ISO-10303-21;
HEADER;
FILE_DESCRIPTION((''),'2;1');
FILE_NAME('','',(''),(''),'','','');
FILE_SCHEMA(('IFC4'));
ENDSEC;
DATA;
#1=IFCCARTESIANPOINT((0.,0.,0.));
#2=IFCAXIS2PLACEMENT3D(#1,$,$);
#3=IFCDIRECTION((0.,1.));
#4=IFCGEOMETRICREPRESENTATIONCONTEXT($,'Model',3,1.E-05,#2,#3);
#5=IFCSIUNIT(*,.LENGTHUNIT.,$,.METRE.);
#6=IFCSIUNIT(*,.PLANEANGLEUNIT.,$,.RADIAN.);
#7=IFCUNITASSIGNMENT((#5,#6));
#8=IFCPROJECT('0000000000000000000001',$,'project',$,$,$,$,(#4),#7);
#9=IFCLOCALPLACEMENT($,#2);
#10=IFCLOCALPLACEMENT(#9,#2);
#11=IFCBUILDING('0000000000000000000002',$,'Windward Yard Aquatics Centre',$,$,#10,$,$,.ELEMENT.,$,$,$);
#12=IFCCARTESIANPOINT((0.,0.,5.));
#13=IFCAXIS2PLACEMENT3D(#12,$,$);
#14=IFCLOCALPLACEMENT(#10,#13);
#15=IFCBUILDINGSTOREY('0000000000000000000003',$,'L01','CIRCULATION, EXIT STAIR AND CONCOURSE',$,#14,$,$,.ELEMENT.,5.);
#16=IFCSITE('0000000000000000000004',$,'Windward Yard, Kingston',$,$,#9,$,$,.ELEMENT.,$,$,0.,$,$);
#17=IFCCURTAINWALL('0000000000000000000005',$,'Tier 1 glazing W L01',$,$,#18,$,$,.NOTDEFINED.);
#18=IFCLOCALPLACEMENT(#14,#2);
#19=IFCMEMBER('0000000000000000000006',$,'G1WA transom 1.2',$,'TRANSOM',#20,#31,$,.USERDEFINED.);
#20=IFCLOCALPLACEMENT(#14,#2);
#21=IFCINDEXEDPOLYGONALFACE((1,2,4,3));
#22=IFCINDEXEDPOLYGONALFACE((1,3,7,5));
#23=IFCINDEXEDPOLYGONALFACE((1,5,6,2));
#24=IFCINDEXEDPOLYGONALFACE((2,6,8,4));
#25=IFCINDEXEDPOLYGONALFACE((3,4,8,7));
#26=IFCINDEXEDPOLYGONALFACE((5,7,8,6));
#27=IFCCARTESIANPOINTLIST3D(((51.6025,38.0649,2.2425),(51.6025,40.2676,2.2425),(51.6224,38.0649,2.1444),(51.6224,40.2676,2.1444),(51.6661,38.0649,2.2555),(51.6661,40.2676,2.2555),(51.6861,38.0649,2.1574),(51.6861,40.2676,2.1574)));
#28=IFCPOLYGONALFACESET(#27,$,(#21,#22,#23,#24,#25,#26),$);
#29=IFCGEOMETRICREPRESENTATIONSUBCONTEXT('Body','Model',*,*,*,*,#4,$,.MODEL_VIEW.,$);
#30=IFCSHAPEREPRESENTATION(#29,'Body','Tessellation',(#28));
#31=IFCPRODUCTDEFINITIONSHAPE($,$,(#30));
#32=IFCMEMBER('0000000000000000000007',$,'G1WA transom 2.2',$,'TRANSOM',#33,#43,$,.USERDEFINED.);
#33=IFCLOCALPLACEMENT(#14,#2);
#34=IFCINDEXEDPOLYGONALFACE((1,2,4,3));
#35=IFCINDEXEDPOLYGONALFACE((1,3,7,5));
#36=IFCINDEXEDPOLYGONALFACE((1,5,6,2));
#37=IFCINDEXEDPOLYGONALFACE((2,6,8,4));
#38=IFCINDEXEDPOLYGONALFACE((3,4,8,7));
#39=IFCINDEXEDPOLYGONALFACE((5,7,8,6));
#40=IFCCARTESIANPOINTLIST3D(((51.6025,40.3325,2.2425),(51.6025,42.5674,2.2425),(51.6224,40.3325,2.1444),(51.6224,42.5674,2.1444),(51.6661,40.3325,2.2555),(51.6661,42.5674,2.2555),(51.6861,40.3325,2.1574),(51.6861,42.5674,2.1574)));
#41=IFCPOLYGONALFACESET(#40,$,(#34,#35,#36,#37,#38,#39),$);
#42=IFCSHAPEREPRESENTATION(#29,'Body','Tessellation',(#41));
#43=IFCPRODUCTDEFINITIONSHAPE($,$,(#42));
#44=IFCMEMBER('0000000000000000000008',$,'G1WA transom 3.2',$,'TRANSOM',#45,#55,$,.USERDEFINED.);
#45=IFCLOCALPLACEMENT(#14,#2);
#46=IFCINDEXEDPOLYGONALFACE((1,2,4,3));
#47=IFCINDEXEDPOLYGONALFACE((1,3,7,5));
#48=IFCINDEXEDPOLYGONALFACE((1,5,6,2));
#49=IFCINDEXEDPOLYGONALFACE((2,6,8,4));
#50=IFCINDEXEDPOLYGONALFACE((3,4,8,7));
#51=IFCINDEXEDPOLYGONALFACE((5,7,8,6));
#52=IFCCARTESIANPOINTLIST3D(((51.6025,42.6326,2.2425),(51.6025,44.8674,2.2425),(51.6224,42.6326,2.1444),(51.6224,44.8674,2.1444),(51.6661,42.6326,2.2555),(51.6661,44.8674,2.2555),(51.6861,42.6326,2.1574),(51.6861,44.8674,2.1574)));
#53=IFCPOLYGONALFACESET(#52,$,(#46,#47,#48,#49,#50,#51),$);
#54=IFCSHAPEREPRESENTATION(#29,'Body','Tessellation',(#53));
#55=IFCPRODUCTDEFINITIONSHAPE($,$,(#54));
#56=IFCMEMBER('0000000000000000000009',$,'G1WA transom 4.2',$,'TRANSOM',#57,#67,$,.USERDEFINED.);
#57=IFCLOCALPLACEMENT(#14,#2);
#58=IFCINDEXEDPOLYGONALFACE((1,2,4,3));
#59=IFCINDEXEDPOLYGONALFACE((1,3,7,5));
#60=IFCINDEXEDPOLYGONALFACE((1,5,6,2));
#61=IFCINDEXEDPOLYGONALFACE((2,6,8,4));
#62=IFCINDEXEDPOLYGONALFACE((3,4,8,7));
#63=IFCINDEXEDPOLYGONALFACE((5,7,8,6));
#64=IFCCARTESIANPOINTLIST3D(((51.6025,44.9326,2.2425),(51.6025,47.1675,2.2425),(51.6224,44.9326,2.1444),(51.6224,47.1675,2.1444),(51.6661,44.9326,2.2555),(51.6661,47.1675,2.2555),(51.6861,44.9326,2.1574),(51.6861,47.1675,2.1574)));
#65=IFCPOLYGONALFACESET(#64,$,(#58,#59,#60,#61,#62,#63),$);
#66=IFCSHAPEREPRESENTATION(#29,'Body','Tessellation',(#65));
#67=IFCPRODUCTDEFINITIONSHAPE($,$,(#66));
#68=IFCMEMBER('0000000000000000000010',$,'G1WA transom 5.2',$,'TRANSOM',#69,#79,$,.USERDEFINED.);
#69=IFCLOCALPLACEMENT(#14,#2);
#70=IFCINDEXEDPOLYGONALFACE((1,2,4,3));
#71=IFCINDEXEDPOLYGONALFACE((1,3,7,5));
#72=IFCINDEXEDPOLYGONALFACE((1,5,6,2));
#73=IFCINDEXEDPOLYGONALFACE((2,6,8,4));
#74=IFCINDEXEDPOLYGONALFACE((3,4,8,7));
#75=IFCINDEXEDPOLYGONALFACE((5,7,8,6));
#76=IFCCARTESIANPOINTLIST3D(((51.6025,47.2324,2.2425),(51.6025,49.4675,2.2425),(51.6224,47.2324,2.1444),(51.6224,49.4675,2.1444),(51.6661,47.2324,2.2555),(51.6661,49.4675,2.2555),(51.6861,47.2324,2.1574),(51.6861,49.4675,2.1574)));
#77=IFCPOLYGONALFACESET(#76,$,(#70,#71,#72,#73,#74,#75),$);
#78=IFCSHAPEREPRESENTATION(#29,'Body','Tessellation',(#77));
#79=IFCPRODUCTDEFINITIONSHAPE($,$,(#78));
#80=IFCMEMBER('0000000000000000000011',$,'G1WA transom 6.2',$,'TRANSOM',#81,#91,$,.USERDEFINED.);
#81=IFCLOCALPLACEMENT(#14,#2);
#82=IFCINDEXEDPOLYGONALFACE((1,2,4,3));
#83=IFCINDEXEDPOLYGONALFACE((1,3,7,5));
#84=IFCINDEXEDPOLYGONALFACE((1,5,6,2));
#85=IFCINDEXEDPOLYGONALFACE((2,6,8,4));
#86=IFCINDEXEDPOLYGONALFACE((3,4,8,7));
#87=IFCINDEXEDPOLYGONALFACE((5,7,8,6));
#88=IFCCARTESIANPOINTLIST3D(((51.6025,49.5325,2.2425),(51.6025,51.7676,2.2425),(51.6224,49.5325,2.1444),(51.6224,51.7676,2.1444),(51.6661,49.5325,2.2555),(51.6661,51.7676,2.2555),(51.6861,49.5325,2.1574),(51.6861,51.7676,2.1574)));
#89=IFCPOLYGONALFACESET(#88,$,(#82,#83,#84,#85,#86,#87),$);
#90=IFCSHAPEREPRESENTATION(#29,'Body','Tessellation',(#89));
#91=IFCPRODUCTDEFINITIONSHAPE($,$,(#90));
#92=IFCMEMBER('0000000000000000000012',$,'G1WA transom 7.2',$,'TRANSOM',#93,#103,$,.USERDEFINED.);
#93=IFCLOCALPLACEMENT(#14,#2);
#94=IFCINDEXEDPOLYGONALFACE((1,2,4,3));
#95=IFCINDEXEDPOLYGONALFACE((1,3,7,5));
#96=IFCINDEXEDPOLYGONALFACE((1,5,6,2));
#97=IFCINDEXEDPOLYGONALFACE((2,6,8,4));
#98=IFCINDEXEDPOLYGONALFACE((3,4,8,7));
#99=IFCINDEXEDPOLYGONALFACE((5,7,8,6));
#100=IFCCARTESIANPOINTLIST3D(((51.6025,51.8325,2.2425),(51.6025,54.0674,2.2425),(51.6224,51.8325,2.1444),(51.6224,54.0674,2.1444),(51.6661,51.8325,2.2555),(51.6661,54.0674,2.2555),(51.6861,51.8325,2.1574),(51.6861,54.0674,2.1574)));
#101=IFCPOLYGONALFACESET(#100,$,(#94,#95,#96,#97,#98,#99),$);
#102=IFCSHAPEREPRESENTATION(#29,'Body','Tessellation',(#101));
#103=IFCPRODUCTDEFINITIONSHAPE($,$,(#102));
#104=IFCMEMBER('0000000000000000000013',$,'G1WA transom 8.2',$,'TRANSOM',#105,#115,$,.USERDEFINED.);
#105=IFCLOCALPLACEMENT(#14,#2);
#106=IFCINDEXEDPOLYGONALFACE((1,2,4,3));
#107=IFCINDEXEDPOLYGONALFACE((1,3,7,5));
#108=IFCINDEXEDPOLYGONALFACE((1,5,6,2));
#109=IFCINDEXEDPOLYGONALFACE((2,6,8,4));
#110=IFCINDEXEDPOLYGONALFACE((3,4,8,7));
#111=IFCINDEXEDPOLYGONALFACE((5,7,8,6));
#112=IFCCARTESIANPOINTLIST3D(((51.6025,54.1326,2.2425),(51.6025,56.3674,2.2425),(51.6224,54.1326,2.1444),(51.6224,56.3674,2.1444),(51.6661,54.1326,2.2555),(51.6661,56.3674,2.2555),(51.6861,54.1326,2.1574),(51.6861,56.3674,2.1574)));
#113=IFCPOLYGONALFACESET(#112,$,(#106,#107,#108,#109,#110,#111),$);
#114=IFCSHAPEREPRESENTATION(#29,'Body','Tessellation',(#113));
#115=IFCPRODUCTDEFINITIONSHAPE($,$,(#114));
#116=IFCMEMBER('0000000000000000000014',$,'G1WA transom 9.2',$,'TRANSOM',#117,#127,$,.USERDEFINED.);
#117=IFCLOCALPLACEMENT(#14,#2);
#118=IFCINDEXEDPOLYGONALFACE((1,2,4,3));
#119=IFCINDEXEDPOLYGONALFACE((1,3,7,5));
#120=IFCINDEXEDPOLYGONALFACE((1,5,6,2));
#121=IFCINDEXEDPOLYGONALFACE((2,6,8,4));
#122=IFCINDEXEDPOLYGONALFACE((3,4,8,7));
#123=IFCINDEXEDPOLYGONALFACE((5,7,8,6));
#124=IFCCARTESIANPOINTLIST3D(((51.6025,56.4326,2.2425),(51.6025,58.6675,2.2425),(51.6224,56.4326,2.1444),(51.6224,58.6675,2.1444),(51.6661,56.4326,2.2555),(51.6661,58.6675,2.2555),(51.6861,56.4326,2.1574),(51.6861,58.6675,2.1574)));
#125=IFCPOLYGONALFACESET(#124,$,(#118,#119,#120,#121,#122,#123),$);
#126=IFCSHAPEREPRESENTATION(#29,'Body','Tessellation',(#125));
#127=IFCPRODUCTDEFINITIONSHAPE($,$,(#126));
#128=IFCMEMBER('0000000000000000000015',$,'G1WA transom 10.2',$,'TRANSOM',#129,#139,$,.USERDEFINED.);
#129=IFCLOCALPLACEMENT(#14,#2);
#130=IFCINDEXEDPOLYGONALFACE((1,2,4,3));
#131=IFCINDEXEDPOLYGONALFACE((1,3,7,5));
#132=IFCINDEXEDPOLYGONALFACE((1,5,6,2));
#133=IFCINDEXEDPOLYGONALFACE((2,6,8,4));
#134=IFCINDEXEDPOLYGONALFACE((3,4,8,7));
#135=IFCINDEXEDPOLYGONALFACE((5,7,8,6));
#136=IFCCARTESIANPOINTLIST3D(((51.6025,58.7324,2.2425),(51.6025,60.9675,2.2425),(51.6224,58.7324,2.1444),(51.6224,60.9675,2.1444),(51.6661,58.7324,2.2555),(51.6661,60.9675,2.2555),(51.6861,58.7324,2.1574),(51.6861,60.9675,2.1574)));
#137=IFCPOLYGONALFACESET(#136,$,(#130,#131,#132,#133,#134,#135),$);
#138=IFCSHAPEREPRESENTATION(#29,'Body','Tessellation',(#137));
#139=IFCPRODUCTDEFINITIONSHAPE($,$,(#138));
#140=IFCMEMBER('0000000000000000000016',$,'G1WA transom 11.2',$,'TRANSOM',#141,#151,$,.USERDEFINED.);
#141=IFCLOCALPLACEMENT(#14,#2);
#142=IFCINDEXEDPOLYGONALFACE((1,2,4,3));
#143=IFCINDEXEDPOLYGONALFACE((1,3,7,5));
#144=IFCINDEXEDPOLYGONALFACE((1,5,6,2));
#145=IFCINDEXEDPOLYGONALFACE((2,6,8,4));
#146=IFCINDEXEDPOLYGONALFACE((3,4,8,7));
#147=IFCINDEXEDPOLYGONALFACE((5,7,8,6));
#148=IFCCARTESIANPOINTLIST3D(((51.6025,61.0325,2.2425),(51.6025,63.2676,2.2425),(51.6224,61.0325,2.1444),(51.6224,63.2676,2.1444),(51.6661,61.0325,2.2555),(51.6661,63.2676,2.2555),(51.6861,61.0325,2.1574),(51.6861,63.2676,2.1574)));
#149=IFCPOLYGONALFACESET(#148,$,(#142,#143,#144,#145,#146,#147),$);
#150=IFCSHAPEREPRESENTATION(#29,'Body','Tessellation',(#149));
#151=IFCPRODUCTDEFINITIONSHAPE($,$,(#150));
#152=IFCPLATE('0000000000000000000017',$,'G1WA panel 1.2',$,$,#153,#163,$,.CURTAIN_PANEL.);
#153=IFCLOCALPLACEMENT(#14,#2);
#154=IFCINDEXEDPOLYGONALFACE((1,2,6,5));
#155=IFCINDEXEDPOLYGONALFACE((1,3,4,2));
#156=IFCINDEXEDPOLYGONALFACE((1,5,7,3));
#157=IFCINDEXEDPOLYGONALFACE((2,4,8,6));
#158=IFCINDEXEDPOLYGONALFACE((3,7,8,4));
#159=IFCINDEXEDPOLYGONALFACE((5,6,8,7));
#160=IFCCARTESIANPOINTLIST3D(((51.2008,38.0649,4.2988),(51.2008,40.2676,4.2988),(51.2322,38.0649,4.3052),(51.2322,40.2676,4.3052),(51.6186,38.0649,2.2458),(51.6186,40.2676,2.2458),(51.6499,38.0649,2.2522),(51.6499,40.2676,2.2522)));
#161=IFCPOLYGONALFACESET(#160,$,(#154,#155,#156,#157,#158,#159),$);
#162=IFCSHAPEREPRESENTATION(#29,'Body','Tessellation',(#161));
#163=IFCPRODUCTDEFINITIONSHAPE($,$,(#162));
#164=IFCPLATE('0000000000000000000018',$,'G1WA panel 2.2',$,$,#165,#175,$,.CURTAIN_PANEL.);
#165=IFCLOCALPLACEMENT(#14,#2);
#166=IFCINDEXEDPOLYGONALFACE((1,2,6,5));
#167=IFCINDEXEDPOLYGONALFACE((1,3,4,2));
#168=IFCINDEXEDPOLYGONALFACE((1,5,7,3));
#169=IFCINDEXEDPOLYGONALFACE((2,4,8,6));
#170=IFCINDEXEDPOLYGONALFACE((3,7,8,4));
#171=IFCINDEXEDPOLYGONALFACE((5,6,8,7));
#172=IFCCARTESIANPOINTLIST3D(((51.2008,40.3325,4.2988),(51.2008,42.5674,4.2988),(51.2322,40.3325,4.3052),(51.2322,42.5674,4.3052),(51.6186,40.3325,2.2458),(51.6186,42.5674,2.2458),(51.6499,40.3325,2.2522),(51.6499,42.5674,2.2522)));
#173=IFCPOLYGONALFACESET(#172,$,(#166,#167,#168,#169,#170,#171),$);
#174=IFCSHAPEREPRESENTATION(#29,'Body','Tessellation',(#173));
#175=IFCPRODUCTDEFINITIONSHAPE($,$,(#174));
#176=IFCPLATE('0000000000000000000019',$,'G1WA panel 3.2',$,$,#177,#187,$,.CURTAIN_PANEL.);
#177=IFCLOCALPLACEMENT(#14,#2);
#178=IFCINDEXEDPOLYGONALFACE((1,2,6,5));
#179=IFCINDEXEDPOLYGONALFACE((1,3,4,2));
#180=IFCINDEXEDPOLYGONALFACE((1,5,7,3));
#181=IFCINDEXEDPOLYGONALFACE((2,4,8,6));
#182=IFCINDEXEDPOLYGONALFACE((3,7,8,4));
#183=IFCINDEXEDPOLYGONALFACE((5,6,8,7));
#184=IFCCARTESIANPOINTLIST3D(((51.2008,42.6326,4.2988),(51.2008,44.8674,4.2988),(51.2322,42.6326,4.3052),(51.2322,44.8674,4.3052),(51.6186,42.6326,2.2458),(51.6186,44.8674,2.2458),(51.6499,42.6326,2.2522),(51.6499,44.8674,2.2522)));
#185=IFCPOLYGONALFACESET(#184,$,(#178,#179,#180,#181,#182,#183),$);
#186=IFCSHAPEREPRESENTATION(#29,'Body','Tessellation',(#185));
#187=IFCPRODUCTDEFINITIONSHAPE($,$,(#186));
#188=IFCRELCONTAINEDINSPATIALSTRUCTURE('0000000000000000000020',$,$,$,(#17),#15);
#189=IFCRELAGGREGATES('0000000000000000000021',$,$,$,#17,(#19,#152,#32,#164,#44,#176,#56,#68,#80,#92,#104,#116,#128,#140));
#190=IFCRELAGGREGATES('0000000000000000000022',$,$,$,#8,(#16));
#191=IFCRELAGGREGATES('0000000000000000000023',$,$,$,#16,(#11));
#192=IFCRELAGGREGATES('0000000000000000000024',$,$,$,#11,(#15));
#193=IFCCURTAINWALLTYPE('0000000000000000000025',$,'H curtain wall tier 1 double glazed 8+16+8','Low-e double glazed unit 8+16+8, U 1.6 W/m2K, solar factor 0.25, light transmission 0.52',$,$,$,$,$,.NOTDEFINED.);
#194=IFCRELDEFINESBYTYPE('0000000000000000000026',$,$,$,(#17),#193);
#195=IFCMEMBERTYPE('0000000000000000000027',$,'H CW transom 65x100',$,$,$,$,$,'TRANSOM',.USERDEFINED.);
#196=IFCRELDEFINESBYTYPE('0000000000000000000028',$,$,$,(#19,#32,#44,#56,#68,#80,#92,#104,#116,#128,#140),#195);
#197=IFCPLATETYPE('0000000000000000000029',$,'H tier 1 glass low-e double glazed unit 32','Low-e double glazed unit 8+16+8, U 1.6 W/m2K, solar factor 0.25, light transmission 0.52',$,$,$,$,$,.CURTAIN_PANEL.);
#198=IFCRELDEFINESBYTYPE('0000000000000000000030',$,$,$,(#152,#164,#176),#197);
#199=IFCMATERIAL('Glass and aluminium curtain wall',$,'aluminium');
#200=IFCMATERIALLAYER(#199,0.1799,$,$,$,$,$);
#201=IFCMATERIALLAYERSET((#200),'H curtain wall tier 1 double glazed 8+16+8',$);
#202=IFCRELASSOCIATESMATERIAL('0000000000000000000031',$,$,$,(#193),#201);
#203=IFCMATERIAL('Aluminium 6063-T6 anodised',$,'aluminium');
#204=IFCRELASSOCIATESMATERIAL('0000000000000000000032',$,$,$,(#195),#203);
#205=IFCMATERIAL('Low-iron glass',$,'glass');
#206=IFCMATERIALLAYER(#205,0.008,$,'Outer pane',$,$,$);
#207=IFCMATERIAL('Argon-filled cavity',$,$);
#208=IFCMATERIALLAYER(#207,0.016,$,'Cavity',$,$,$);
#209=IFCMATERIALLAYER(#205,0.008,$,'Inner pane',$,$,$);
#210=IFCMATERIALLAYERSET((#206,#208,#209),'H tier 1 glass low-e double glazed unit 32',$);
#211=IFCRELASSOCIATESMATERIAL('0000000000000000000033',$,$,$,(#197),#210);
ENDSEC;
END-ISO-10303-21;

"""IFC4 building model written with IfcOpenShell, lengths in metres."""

from ifc_helpers import new_model, si_unit, direction, frame, origin, origin_2d, place, context, subcontext, project, spatial, polyline, rectangle, outline, extrude, material, layer, layer_set, material_profile, profile_set, type_object, element, aggregate, save


model = new_model("IFC4")

# Units and contexts
model_context = context("Model", 3, precision=1e-05, world=origin(), true_north=direction((0.0, 1.0)))
body_context = subcontext(model_context, "Body", "Model", "MODEL_VIEW")
ifc_project = project(units=[si_unit("LENGTHUNIT", "METRE"), si_unit("PLANEANGLEUNIT", "RADIAN")], contexts=[model_context])

# Site, building, storey
site_placement = place(None, origin())
site = spatial("IfcSite", under=ifc_project, at=site_placement, Name="Windward Yard, Kingston", CompositionType="ELEMENT", RefElevation=0.0)
building_placement = place(site_placement, origin())
building = spatial("IfcBuilding", under=site, at=building_placement, Name="Windward Yard Aquatics Centre", CompositionType="ELEMENT")
storey_placement = place(building_placement, frame((0.0, 0.0, 5.0)))
storey = spatial("IfcBuildingStorey", under=building, at=storey_placement, Name="L01", Description="CIRCULATION, EXIT STAIR AND CONCOURSE", CompositionType="ELEMENT", Elevation=5.0)

# Curtain wall, members, plates
ifc_material_1 = material(Name="Glass and aluminium curtain wall", Category="aluminium")
ifc_layer_1 = layer(ifc_material_1, 0.1799)
ifc_layer_set_1 = layer_set([ifc_layer_1], Name="H curtain wall tier 1 double glazed 8+16+8")
curtain_wall_type = type_object("IfcCurtainWallType", Name="H curtain wall tier 1 double glazed 8+16+8", Description="Low-e double glazed unit 8+16+8, U 1.6 W/m2K, solar factor 0.25, light transmission 0.52", PredefinedType="NOTDEFINED", material=ifc_layer_set_1)
curtain_wall_placement = place(storey_placement, origin())
curtain_wall = element("IfcCurtainWall", 1, at=curtain_wall_placement, inside=storey, type_object=curtain_wall_type, Name="Tier 1 glazing W L01", PredefinedType="NOTDEFINED")
ifc_material_2 = material(Name="Aluminium 6063-T6 anodised", Category="aluminium")
ifc_material_profile = material_profile(ifc_material_2, rectangle(XDim=0.0649, YDim=0.1001, at=origin_2d()), Name="H CW transom 65x100")
ifc_profile_set = profile_set([ifc_material_profile], Name="Aluminium 6063-T6 anodised")
member_type = type_object("IfcMemberType", Name="H CW transom 65x100", ElementType="TRANSOM", PredefinedType="USERDEFINED", material=ifc_profile_set)
member_1_placement = place(storey_placement, frame((51.6443, 38.0649, 2.2), z_axis=(0.0, 1.0, 0.0), x_axis=(0.979925, 0.0, 0.199368)))
member_1 = element("IfcMember", 2, at=member_1_placement, type_object=member_type, Name="G1WA transom 1.2", ObjectType="TRANSOM", PredefinedType="USERDEFINED", context=body_context, shape_type="SweptSolid", body=[
    extrude(rectangle(XDim=0.0649, YDim=0.1001, at=origin_2d()), origin(), (0.0, 0.0, 1.0), 2.2026),
])
member_2_placement = place(storey_placement, frame((51.6443, 40.3325, 2.2), z_axis=(0.0, 1.0, 0.0), x_axis=(0.979925, 0.0, 0.199368)))
member_2 = element("IfcMember", 3, at=member_2_placement, type_object=member_type, Name="G1WA transom 2.2", ObjectType="TRANSOM", PredefinedType="USERDEFINED", context=body_context, shape_type="SweptSolid", body=[
    extrude(rectangle(XDim=0.0649, YDim=0.1001, at=origin_2d()), origin(), (0.0, 0.0, 1.0), 2.2349),
])
member_3_placement = place(storey_placement, frame((51.6443, 42.6326, 2.2), z_axis=(0.0, 1.0, 0.0), x_axis=(0.979925, 0.0, 0.199368)))
member_3 = element("IfcMember", 4, at=member_3_placement, type_object=member_type, Name="G1WA transom 3.2", ObjectType="TRANSOM", PredefinedType="USERDEFINED", context=body_context, shape_type="SweptSolid", body=[
    extrude(rectangle(XDim=0.0649, YDim=0.1001, at=origin_2d()), origin(), (0.0, 0.0, 1.0), 2.2349),
])
member_4_placement = place(storey_placement, frame((51.6443, 44.9326, 2.2), z_axis=(0.0, 1.0, 0.0), x_axis=(0.979925, 0.0, 0.199368)))
member_4 = element("IfcMember", 5, at=member_4_placement, type_object=member_type, Name="G1WA transom 4.2", ObjectType="TRANSOM", PredefinedType="USERDEFINED", context=body_context, shape_type="SweptSolid", body=[
    extrude(rectangle(XDim=0.0649, YDim=0.1001, at=origin_2d()), origin(), (0.0, 0.0, 1.0), 2.2349),
])
member_5_placement = place(storey_placement, frame((51.6443, 47.2324, 2.2), z_axis=(0.0, 1.0, 0.0), x_axis=(0.979925, 0.0, 0.199368)))
member_5 = element("IfcMember", 6, at=member_5_placement, type_object=member_type, Name="G1WA transom 5.2", ObjectType="TRANSOM", PredefinedType="USERDEFINED", context=body_context, shape_type="SweptSolid", body=[
    extrude(rectangle(XDim=0.0649, YDim=0.1001, at=origin_2d()), origin(), (0.0, 0.0, 1.0), 2.2351),
])
member_6_placement = place(storey_placement, frame((51.6443, 49.5325, 2.2), z_axis=(0.0, 1.0, 0.0), x_axis=(0.979925, 0.0, 0.199368)))
member_6 = element("IfcMember", 7, at=member_6_placement, type_object=member_type, Name="G1WA transom 6.2", ObjectType="TRANSOM", PredefinedType="USERDEFINED", context=body_context, shape_type="SweptSolid", body=[
    extrude(rectangle(XDim=0.0649, YDim=0.1001, at=origin_2d()), origin(), (0.0, 0.0, 1.0), 2.2351),
])
member_7_placement = place(storey_placement, frame((51.6443, 51.8325, 2.2), z_axis=(0.0, 1.0, 0.0), x_axis=(0.979925, 0.0, 0.199368)))
member_7 = element("IfcMember", 8, at=member_7_placement, type_object=member_type, Name="G1WA transom 7.2", ObjectType="TRANSOM", PredefinedType="USERDEFINED", context=body_context, shape_type="SweptSolid", body=[
    extrude(rectangle(XDim=0.0649, YDim=0.1001, at=origin_2d()), origin(), (0.0, 0.0, 1.0), 2.2349),
])
member_8_placement = place(storey_placement, frame((51.6443, 54.1326, 2.2), z_axis=(0.0, 1.0, 0.0), x_axis=(0.979925, 0.0, 0.199368)))
member_8 = element("IfcMember", 9, at=member_8_placement, type_object=member_type, Name="G1WA transom 8.2", ObjectType="TRANSOM", PredefinedType="USERDEFINED", context=body_context, shape_type="SweptSolid", body=[
    extrude(rectangle(XDim=0.0649, YDim=0.1001, at=origin_2d()), origin(), (0.0, 0.0, 1.0), 2.2349),
])
member_9_placement = place(storey_placement, frame((51.6443, 56.4326, 2.2), z_axis=(0.0, 1.0, 0.0), x_axis=(0.979925, 0.0, 0.199368)))
member_9 = element("IfcMember", 10, at=member_9_placement, type_object=member_type, Name="G1WA transom 9.2", ObjectType="TRANSOM", PredefinedType="USERDEFINED", context=body_context, shape_type="SweptSolid", body=[
    extrude(rectangle(XDim=0.0649, YDim=0.1001, at=origin_2d()), origin(), (0.0, 0.0, 1.0), 2.2349),
])
member_10_placement = place(storey_placement, frame((51.6443, 58.7324, 2.2), z_axis=(0.0, 1.0, 0.0), x_axis=(0.979925, 0.0, 0.199368)))
member_10 = element("IfcMember", 11, at=member_10_placement, type_object=member_type, Name="G1WA transom 10.2", ObjectType="TRANSOM", PredefinedType="USERDEFINED", context=body_context, shape_type="SweptSolid", body=[
    extrude(rectangle(XDim=0.0649, YDim=0.1001, at=origin_2d()), origin(), (0.0, 0.0, 1.0), 2.2351),
])
member_11_placement = place(storey_placement, frame((51.6443, 61.0325, 2.2), z_axis=(0.0, 1.0, 0.0), x_axis=(0.979925, 0.0, 0.199368)))
member_11 = element("IfcMember", 12, at=member_11_placement, type_object=member_type, Name="G1WA transom 11.2", ObjectType="TRANSOM", PredefinedType="USERDEFINED", context=body_context, shape_type="SweptSolid", body=[
    extrude(rectangle(XDim=0.0649, YDim=0.1001, at=origin_2d()), origin(), (0.0, 0.0, 1.0), 2.2351),
])
ifc_material_3 = material(Name="Low-iron glass", Category="glass")
ifc_layer_2 = layer(ifc_material_3, 0.008, Name="Outer pane")
ifc_material_4 = material(Name="Argon-filled cavity")
ifc_layer_3 = layer(ifc_material_4, 0.016, Name="Cavity")
ifc_layer_4 = layer(ifc_material_3, 0.008, Name="Inner pane")
ifc_layer_set_2 = layer_set([ifc_layer_2, ifc_layer_3, ifc_layer_4], Name="H tier 1 glass low-e double glazed unit 32")
plate_type = type_object("IfcPlateType", Name="H tier 1 glass low-e double glazed unit 32", Description="Low-e double glazed unit 8+16+8, U 1.6 W/m2K, solar factor 0.25, light transmission 0.52", PredefinedType="CURTAIN_PANEL", material=ifc_layer_set_2)
plate_1_placement = place(storey_placement, frame((51.2322, 38.0649, 4.3052), z_axis=(0.979921, 0.0, 0.199387), x_axis=(0.199387, 0.0, -0.979921)))
plate_1 = element("IfcPlate", 13, at=plate_1_placement, type_object=plate_type, Name="G1WA panel 1.2", PredefinedType="CURTAIN_PANEL", context=body_context, shape_type="SweptSolid", body=[
    extrude(outline(polyline([(0.0, 0.0), (2.095, 0.0), (2.095, 2.2026), (0.0, 2.2026), (0.0, 0.0)])), origin(), (0.0, 0.0, -1.0), 0.032),
])
plate_2_placement = place(storey_placement, frame((51.2322, 40.3325, 4.3052), z_axis=(0.979921, 0.0, 0.199387), x_axis=(0.199387, 0.0, -0.979921)))
plate_2 = element("IfcPlate", 14, at=plate_2_placement, type_object=plate_type, Name="G1WA panel 2.2", PredefinedType="CURTAIN_PANEL", context=body_context, shape_type="SweptSolid", body=[
    extrude(outline(polyline([(0.0, 0.0), (2.095, 0.0), (2.095, 2.2349), (0.0, 2.2349), (0.0, 0.0)])), origin(), (0.0, 0.0, -1.0), 0.032),
])
plate_3_placement = place(storey_placement, frame((51.2322, 42.6326, 4.3052), z_axis=(0.979921, 0.0, 0.199387), x_axis=(0.199387, 0.0, -0.979921)))
plate_3 = element("IfcPlate", 15, at=plate_3_placement, type_object=plate_type, Name="G1WA panel 3.2", PredefinedType="CURTAIN_PANEL", context=body_context, shape_type="SweptSolid", body=[
    extrude(outline(polyline([(0.0, 0.0), (2.095, 0.0), (2.095, 2.2349), (0.0, 2.2349), (0.0, 0.0)])), origin(), (0.0, 0.0, -1.0), 0.032),
])
aggregate(curtain_wall, [member_1, plate_1, member_2, plate_2, member_3, plate_3, member_4, member_5, member_6, member_7, member_8, member_9, member_10, member_11])

save(model, "model.ifc")
